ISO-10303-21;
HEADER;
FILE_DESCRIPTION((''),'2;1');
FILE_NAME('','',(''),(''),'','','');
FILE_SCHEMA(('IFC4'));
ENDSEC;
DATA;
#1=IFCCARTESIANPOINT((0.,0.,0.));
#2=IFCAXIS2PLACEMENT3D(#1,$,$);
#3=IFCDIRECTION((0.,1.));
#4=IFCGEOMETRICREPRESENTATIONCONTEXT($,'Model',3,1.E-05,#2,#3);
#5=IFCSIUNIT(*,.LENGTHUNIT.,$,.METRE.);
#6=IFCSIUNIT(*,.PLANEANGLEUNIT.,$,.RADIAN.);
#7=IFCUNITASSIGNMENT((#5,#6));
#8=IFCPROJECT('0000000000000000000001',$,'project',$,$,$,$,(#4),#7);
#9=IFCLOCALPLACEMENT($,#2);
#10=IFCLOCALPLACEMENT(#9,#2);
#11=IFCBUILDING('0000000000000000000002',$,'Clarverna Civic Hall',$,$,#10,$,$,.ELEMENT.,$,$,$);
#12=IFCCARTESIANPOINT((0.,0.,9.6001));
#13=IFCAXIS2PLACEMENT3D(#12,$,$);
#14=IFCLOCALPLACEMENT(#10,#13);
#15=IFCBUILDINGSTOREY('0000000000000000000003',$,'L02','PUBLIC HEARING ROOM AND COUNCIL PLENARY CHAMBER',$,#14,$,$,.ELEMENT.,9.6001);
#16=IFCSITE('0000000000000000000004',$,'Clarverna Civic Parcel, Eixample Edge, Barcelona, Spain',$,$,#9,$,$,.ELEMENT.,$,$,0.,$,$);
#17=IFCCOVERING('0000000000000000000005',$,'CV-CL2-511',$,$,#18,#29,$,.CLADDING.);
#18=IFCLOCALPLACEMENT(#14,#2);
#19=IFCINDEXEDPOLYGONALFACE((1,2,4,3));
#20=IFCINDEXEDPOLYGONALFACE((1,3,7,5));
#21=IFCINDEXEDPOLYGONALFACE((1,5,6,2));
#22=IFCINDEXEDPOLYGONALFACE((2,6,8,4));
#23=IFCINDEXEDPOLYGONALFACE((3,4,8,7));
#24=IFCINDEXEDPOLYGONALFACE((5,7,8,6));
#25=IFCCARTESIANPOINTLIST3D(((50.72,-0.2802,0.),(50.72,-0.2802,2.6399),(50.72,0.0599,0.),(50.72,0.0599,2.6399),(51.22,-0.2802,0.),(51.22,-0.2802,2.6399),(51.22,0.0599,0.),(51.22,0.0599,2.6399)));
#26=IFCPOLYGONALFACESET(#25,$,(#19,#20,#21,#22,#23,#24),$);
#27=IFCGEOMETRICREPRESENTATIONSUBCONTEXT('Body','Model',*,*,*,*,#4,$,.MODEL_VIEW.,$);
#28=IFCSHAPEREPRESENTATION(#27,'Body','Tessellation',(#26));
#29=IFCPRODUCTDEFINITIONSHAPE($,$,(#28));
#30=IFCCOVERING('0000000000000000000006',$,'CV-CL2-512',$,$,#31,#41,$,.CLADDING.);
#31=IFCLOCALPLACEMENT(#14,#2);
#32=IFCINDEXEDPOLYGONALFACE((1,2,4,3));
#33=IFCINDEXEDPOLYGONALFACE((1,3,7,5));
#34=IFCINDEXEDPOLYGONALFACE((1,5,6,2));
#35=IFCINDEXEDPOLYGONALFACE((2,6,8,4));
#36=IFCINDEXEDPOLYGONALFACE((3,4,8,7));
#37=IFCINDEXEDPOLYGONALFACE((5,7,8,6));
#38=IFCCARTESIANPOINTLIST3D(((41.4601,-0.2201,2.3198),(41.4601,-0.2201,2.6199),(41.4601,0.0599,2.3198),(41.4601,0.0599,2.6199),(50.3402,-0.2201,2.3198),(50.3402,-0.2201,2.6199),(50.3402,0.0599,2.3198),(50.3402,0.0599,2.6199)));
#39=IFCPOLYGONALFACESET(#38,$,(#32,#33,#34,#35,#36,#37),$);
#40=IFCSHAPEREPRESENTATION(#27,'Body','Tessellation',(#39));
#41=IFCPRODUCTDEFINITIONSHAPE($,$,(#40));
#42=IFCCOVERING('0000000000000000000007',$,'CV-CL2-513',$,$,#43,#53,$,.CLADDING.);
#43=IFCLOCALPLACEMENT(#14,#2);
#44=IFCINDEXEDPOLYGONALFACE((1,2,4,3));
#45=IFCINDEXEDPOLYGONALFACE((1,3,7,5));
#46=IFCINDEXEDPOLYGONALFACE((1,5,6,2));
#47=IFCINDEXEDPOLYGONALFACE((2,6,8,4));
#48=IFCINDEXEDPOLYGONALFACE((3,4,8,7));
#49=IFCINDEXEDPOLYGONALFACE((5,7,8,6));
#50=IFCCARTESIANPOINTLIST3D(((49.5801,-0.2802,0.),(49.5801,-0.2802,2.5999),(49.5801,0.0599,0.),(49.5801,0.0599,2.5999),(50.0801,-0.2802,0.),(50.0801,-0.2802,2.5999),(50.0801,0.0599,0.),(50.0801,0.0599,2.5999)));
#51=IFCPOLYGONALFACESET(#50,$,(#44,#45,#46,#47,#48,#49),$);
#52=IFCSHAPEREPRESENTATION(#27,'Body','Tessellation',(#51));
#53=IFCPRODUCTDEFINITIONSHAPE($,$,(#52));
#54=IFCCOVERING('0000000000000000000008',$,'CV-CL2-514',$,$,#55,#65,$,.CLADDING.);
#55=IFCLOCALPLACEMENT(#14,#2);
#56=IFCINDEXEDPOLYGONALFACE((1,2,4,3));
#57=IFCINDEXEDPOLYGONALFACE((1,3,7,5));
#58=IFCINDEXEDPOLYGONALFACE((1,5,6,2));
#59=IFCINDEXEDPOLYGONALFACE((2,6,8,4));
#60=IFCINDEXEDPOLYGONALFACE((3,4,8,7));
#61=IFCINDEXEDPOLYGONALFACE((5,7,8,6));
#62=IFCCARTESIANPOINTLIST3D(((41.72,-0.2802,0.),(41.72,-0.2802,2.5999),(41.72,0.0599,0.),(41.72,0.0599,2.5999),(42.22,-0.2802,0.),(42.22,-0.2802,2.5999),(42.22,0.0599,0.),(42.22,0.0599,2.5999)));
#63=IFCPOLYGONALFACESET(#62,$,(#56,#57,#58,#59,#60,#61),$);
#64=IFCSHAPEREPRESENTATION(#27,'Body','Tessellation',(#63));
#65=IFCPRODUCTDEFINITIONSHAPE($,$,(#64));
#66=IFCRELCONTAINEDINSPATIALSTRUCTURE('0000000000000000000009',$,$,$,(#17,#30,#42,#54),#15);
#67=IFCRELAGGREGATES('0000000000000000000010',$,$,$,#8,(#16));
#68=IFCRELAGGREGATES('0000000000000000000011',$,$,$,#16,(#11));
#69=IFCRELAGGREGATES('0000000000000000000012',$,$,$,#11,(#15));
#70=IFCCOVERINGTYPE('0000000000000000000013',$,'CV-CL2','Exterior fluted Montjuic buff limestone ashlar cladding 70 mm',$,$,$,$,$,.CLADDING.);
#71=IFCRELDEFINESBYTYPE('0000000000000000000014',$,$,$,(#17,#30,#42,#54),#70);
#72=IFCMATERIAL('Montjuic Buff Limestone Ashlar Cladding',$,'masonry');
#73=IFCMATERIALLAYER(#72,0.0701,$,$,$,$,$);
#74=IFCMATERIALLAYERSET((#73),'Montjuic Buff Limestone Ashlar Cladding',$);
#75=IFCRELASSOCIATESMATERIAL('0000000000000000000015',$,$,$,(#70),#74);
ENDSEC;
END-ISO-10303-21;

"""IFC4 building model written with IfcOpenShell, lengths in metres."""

from ifc_helpers import new_model, si_unit, direction, frame, frame_2d, origin, place, context, subcontext, project, spatial, rectangle, extrude, material, layer, layer_set, type_object, element, save


model = new_model("IFC4")

# Units and contexts
model_context = context("Model", 3, precision=1e-05, world=origin(), true_north=direction((0.0, 1.0)))
body_context = subcontext(model_context, "Body", "Model", "MODEL_VIEW")
ifc_project = project(units=[si_unit("LENGTHUNIT", "METRE"), si_unit("PLANEANGLEUNIT", "RADIAN")], contexts=[model_context])

# Site, building, storey
site_placement = place(None, origin())
site = spatial("IfcSite", under=ifc_project, at=site_placement, Name="Clarverna Civic Parcel, Eixample Edge, Barcelona, Spain", CompositionType="ELEMENT", RefElevation=0.0)
building_placement = place(site_placement, origin())
building = spatial("IfcBuilding", under=site, at=building_placement, Name="Clarverna Civic Hall", CompositionType="ELEMENT")
storey_placement = place(building_placement, frame((0.0, 0.0, 9.6001)))
storey = spatial("IfcBuildingStorey", under=building, at=storey_placement, Name="L02", Description="PUBLIC HEARING ROOM AND COUNCIL PLENARY CHAMBER", CompositionType="ELEMENT", Elevation=9.6001)

# Coverings
ifc_material_1 = material(Name="Montjuic Buff Limestone Ashlar Cladding", Category="masonry")
ifc_layer_1 = layer(ifc_material_1, 0.0701)
ifc_layer_set_1 = layer_set([ifc_layer_1], Name="Montjuic Buff Limestone Ashlar Cladding")
covering_type = type_object("IfcCoveringType", Name="CV-CL2", Description="Exterior fluted Montjuic buff limestone ashlar cladding 70 mm", PredefinedType="CLADDING", material=ifc_layer_set_1)
covering_1_placement = place(storey_placement, frame((51.22, -0.1101, 0.0), z_axis=(0.0, 0.0, 1.0), x_axis=(-1.0, 0.0, 0.0)))
element("IfcCovering", 1, at=covering_1_placement, inside=storey, type_object=covering_type, Name="CV-CL2-511", PredefinedType="CLADDING", context=body_context, shape_type="SweptSolid", body=[
    extrude(rectangle(XDim=0.5, YDim=0.3401, at=frame_2d((0.25, 0.0))), origin(), (0.0, 0.0, 1.0), 2.6399),
])
covering_2_placement = place(storey_placement, frame((50.3401, -0.0801, 2.3198), z_axis=(0.0, 0.0, 1.0), x_axis=(-1.0, 0.0, 0.0)))
element("IfcCovering", 2, at=covering_2_placement, inside=storey, type_object=covering_type, Name="CV-CL2-512", PredefinedType="CLADDING", context=body_context, shape_type="SweptSolid", body=[
    extrude(rectangle(XDim=8.8801, YDim=0.28, at=frame_2d((4.4399, 0.0))), origin(), (0.0, 0.0, 1.0), 0.3),
])
for number, where, z_axis, x_axis, name in (
    (3, (50.0801, -0.1101, 0.0), (0.0, 0.0, 1.0), (-1.0, 0.0, 0.0), "CV-CL2-513"),
    (4, (42.22, -0.1101, 0.0), (0.0, 0.0, 1.0), (-1.0, 0.0, 0.0), "CV-CL2-514"),
):
    element("IfcCovering", number, at=place(storey_placement, frame(where, z_axis=z_axis, x_axis=x_axis)), inside=storey, type_object=covering_type, Name=name, PredefinedType="CLADDING", context=body_context, shape_type="SweptSolid", body=[
        extrude(rectangle(XDim=0.5, YDim=0.3401, at=frame_2d((0.25, 0.0))), origin(), (0.0, 0.0, 1.0), 2.5999),
    ])

save(model, "model.ifc")
